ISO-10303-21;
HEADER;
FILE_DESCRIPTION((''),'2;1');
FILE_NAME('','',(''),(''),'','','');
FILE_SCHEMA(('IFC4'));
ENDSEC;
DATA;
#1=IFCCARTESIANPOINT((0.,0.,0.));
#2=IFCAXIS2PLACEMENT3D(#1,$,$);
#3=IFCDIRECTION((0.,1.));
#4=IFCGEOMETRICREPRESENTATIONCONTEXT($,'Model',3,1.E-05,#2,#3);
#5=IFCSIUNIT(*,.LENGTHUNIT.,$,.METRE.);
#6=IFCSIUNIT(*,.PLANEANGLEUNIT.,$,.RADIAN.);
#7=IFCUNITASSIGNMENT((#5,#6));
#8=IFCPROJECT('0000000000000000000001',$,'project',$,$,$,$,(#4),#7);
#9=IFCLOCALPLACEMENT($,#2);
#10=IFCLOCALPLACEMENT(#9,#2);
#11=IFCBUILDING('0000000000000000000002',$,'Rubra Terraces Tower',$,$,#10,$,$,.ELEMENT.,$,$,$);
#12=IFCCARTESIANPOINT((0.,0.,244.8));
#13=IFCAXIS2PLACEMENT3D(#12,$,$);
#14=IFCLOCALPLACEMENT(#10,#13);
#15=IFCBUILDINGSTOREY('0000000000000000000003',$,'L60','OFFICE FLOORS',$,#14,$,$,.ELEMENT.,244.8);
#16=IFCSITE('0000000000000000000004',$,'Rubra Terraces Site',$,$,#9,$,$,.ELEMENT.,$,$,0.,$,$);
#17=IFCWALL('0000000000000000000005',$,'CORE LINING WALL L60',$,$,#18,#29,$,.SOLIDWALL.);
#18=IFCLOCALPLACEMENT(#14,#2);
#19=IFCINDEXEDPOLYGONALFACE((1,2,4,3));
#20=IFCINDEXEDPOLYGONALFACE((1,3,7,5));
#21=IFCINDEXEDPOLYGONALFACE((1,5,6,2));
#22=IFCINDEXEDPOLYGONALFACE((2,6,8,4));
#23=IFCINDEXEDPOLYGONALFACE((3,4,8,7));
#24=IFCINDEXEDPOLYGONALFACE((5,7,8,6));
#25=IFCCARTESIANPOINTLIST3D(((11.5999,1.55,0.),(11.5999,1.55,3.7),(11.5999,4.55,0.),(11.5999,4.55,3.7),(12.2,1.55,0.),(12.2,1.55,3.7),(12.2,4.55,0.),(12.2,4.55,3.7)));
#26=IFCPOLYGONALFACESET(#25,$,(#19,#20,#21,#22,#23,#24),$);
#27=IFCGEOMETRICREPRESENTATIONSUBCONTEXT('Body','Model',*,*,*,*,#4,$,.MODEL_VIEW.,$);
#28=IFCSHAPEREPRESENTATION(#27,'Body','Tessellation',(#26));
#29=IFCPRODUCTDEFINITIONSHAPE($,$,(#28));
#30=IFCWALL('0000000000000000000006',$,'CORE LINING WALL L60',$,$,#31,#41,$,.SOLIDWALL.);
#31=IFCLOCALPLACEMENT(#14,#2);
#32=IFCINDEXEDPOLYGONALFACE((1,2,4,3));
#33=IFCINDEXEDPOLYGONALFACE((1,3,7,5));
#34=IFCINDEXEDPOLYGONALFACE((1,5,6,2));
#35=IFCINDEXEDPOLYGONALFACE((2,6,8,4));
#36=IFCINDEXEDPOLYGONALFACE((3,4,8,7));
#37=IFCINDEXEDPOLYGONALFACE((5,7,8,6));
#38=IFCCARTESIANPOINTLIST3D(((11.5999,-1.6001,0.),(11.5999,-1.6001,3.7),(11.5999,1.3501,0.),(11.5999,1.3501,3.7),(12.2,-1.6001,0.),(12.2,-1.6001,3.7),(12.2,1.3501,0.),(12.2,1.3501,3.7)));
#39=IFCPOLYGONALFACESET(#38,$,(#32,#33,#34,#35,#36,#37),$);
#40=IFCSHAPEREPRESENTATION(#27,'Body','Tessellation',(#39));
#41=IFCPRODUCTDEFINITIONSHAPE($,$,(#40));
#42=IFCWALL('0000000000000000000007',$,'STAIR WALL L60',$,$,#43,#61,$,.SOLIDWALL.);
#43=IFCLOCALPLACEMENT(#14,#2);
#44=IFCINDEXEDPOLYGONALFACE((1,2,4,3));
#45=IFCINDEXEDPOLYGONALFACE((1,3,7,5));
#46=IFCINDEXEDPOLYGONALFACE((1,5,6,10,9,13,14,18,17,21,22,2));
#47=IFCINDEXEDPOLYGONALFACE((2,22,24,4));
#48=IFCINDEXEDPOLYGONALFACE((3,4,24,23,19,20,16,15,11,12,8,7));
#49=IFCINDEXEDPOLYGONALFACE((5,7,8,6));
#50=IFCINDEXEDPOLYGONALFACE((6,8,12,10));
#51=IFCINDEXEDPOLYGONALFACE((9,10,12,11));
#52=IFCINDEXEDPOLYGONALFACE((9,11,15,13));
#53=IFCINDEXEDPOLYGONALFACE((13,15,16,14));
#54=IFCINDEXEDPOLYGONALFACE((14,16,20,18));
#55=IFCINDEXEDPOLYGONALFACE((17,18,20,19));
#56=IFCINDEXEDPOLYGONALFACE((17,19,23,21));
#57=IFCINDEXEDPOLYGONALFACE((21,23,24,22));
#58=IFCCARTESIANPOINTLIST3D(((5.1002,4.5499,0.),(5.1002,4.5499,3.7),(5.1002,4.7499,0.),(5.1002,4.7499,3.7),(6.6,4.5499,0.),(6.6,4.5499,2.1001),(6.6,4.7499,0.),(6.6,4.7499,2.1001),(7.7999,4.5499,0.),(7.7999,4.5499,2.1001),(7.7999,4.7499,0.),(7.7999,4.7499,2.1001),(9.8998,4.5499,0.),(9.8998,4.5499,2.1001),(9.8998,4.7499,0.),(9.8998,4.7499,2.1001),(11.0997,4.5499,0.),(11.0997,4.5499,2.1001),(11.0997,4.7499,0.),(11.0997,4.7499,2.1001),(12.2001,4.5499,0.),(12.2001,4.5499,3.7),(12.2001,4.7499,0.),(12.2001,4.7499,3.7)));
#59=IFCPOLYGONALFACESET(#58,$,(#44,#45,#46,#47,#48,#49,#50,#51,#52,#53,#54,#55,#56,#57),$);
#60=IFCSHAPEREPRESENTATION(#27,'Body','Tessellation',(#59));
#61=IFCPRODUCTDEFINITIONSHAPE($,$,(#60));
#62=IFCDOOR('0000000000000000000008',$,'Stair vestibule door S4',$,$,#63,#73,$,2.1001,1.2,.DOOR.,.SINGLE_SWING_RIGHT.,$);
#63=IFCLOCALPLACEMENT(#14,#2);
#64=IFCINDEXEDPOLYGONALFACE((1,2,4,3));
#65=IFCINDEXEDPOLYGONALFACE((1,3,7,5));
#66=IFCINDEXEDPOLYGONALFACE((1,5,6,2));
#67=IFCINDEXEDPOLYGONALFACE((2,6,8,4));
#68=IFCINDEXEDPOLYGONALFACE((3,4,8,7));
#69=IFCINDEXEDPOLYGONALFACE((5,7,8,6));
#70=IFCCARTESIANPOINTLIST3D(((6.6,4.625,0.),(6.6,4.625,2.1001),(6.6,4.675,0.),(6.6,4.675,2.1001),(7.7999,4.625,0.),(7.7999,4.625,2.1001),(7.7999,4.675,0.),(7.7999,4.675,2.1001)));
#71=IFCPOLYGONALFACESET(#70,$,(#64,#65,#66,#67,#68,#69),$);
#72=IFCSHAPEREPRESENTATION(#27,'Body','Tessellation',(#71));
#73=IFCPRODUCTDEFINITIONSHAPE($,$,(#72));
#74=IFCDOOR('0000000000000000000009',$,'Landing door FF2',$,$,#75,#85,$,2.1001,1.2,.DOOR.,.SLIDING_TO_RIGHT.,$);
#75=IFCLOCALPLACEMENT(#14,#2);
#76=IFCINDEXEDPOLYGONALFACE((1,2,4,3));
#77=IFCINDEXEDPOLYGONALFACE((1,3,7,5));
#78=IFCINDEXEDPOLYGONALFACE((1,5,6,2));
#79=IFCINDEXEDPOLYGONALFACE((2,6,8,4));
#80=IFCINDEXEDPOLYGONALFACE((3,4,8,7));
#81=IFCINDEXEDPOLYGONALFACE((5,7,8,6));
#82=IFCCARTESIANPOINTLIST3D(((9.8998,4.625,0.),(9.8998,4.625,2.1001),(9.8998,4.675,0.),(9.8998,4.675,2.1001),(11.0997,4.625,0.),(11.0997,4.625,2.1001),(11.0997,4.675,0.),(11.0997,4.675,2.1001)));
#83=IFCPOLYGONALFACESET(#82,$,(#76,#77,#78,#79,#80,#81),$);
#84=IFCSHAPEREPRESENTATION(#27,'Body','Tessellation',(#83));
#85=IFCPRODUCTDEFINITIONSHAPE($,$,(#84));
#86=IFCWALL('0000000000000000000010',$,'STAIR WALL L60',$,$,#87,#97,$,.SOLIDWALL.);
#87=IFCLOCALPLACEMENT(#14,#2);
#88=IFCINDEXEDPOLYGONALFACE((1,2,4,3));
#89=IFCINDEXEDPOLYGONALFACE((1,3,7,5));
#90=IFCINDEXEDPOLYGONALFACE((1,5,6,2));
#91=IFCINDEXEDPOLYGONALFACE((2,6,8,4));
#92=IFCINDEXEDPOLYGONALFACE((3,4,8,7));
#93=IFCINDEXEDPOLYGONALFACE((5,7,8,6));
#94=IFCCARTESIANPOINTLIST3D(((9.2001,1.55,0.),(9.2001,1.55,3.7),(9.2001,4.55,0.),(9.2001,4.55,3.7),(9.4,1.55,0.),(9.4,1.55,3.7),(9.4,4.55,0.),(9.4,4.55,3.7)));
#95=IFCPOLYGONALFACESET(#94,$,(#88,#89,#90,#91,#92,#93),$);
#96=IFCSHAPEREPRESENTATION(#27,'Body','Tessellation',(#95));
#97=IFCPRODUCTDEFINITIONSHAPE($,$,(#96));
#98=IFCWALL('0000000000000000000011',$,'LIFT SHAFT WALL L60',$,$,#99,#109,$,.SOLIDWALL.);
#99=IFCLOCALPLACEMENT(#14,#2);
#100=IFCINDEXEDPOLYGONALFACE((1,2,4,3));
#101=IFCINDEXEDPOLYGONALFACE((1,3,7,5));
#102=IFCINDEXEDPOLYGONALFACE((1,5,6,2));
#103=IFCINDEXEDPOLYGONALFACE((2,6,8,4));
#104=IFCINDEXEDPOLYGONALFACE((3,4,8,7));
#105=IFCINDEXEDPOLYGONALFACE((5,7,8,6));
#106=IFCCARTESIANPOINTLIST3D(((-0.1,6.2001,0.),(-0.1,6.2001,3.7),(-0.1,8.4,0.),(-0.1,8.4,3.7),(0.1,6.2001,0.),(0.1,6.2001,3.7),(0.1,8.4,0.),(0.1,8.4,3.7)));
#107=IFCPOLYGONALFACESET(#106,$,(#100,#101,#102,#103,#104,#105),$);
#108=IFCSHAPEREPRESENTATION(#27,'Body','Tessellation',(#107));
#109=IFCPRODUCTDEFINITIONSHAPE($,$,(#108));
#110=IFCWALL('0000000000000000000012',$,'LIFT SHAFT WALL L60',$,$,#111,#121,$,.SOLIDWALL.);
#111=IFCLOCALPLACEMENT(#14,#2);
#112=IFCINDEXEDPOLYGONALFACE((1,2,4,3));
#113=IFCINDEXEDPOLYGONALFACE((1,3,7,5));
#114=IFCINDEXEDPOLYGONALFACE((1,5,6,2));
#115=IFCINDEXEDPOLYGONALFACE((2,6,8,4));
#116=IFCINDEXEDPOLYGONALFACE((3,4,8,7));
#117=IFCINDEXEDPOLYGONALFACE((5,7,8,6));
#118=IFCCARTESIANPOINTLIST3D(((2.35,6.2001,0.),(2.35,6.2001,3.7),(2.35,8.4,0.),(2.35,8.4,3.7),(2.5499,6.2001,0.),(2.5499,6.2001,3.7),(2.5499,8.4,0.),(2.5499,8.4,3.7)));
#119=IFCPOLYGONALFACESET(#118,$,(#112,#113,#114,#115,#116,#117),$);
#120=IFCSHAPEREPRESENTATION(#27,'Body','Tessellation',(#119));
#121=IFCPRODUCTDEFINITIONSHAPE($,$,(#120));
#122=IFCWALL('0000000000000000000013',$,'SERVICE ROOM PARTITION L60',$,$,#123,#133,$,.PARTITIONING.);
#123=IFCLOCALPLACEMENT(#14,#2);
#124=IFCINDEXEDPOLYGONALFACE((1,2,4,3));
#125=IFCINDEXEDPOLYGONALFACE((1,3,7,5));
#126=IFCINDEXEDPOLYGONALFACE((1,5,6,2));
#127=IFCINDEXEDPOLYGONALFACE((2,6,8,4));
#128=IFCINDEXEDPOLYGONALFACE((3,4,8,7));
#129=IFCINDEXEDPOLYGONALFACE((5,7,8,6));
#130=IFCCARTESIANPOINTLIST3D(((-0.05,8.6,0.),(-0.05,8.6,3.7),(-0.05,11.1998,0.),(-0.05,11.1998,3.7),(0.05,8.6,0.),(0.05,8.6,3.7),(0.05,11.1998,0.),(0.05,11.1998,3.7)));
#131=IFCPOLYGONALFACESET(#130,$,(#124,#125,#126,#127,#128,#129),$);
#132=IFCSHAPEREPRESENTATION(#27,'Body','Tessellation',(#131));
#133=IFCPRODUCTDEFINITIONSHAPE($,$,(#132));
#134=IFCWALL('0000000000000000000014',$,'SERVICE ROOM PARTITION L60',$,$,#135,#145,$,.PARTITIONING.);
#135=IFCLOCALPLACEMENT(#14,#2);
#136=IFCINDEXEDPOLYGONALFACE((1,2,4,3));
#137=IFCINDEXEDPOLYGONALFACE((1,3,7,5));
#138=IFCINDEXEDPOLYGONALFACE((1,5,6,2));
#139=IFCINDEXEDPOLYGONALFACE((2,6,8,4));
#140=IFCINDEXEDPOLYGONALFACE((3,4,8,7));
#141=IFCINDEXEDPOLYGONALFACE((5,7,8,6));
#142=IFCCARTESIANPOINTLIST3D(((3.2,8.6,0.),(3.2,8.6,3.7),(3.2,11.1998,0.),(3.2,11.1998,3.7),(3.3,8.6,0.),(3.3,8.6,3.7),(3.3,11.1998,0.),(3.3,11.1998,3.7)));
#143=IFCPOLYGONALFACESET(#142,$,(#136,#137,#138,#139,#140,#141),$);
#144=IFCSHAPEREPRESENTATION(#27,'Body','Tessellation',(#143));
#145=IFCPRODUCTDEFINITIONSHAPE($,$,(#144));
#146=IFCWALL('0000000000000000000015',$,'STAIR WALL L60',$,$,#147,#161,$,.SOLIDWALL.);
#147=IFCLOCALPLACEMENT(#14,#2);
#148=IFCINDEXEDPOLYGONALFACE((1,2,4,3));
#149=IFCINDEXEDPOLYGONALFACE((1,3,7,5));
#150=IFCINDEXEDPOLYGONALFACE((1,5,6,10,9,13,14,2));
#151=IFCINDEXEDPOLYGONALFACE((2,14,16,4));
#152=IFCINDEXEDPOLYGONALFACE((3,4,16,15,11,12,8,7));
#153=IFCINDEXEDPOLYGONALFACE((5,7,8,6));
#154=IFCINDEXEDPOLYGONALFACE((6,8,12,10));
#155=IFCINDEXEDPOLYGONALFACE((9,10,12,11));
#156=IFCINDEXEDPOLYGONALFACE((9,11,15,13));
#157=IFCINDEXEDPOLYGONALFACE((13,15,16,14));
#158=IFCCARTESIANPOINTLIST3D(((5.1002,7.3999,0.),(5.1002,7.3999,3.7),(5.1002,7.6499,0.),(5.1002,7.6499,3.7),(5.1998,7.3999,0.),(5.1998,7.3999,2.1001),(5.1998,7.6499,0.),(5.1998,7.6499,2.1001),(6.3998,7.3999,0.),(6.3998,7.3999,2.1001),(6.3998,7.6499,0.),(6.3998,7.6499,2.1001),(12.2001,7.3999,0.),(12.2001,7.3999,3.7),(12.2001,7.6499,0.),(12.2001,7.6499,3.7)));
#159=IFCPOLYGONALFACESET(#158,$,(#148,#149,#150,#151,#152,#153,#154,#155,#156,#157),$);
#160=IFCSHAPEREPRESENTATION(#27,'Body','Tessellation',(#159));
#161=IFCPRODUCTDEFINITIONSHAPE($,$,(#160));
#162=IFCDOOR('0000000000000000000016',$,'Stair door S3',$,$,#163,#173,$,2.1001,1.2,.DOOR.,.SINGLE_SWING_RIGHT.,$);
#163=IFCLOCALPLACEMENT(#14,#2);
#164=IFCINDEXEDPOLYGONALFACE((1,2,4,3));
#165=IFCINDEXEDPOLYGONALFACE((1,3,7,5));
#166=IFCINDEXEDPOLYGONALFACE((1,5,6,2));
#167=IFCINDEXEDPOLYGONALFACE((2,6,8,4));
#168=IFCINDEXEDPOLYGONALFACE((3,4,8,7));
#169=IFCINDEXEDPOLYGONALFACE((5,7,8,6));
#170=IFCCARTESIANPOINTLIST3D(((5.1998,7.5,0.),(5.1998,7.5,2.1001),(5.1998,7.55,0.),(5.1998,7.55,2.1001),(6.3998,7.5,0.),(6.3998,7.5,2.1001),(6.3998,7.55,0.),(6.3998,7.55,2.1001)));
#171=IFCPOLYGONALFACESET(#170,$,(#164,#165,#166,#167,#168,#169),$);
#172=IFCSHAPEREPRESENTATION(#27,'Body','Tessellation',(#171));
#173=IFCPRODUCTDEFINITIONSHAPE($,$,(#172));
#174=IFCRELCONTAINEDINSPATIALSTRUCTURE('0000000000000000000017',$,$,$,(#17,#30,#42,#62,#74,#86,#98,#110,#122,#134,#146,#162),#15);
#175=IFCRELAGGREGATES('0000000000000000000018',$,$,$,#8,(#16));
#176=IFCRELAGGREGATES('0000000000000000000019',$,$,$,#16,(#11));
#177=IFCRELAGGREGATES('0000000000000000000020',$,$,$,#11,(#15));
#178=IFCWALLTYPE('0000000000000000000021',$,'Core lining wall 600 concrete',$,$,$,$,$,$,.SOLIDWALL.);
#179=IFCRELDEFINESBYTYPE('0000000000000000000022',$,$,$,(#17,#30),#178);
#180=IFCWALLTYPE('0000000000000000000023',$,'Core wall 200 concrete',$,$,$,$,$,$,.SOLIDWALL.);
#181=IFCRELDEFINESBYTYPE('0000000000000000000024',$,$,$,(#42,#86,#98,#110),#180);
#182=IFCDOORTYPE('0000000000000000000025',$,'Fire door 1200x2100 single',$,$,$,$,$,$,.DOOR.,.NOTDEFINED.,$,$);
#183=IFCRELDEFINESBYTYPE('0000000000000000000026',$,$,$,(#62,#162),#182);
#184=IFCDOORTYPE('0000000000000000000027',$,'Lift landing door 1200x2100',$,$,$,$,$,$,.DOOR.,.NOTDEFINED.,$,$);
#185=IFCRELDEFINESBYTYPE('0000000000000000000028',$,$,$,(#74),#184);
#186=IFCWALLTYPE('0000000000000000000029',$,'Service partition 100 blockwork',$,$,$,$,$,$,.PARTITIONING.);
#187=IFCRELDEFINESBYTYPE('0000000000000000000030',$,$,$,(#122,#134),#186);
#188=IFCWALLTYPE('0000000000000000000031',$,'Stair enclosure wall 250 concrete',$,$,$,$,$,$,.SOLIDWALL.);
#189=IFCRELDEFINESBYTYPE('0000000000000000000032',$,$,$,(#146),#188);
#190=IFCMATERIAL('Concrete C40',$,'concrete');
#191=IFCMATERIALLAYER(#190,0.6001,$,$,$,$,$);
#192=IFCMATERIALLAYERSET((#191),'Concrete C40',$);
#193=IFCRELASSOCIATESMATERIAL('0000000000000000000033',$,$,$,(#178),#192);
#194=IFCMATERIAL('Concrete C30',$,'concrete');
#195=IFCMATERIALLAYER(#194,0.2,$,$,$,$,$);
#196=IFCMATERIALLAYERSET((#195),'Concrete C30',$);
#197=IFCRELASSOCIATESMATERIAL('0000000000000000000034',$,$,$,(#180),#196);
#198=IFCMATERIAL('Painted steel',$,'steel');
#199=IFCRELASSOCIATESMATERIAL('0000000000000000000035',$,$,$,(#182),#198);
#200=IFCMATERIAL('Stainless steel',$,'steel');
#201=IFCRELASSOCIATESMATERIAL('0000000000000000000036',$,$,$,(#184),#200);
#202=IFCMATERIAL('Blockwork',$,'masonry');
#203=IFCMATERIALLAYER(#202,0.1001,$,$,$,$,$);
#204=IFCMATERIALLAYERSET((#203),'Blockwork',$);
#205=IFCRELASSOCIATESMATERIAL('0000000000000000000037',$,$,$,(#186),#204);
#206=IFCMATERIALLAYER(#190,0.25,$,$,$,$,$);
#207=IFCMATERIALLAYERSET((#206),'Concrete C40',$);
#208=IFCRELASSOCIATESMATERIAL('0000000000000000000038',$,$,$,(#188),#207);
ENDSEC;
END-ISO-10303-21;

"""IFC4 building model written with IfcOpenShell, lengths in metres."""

from ifc_helpers import new_model, si_unit, direction, frame, frame_2d, origin, place, context, subcontext, project, spatial, rectangle, extrude, material, layer, layer_set, type_object, element, fill, save


model = new_model("IFC4")

# Units and contexts
model_context = context("Model", 3, precision=1e-05, world=origin(), true_north=direction((0.0, 1.0)))
body_context = subcontext(model_context, "Body", "Model", "MODEL_VIEW")
ifc_project = project(units=[si_unit("LENGTHUNIT", "METRE"), si_unit("PLANEANGLEUNIT", "RADIAN")], contexts=[model_context])

# Site, building, storey
site_placement = place(None, origin())
site = spatial("IfcSite", under=ifc_project, at=site_placement, Name="Rubra Terraces Site", CompositionType="ELEMENT", RefElevation=0.0)
building_placement = place(site_placement, origin())
building = spatial("IfcBuilding", under=site, at=building_placement, Name="Rubra Terraces Tower", CompositionType="ELEMENT")
storey_placement = place(building_placement, frame((0.0, 0.0, 244.8)))
storey = spatial("IfcBuildingStorey", under=building, at=storey_placement, Name="L60", Description="OFFICE FLOORS", CompositionType="ELEMENT", Elevation=244.8)

# Walls
ifc_material_1 = material(Name="Concrete C40", Category="concrete")
ifc_layer_1 = layer(ifc_material_1, 0.6001)
ifc_layer_set_1 = layer_set([ifc_layer_1], Name="Concrete C40")
wall_type_1 = type_object("IfcWallType", Name="Core lining wall 600 concrete", PredefinedType="SOLIDWALL", material=ifc_layer_set_1)
wall_1_placement = place(storey_placement, frame((11.8999, 4.55, 0.0), z_axis=(0.0, 0.0, 1.0), x_axis=(0.0, -1.0, 0.0)))
element("IfcWall", 1, at=wall_1_placement, inside=storey, type_object=wall_type_1, Name="CORE LINING WALL L60", PredefinedType="SOLIDWALL", context=body_context, shape_type="SweptSolid", body=[
    extrude(rectangle(XDim=3.0, YDim=0.6001, at=frame_2d((1.5, 0.0))), origin(), (0.0, 0.0, 1.0), 3.7),
])
wall_2_placement = place(storey_placement, frame((11.8999, 1.3501, 0.0), z_axis=(0.0, 0.0, 1.0), x_axis=(0.0, -1.0, 0.0)))
element("IfcWall", 2, at=wall_2_placement, inside=storey, type_object=wall_type_1, Name="CORE LINING WALL L60", PredefinedType="SOLIDWALL", context=body_context, shape_type="SweptSolid", body=[
    extrude(rectangle(XDim=2.9502, YDim=0.6001, at=frame_2d((1.4751, 0.0))), origin(), (0.0, 0.0, 1.0), 3.7),
])

# Wall, openings, doors
ifc_material_2 = material(Name="Concrete C30", Category="concrete")
ifc_layer_2 = layer(ifc_material_2, 0.2)
ifc_layer_set_2 = layer_set([ifc_layer_2], Name="Concrete C30")
wall_type_2 = type_object("IfcWallType", Name="Core wall 200 concrete", PredefinedType="SOLIDWALL", material=ifc_layer_set_2)
wall_3_placement = place(storey_placement, frame((12.2, 4.6499, 0.0), z_axis=(0.0, 0.0, 1.0), x_axis=(-1.0, 0.0, 0.0)))
wall_3 = element("IfcWall", 3, at=wall_3_placement, inside=storey, type_object=wall_type_2, Name="STAIR WALL L60", PredefinedType="SOLIDWALL", context=body_context, shape_type="SweptSolid", body=[
    extrude(rectangle(XDim=7.0999, YDim=0.2, at=frame_2d((3.5498, 0.0))), origin(), (0.0, 0.0, 1.0), 3.7),
])
opening_1_placement = place(wall_3_placement, frame((4.3999, 0.0, 0.0)))
opening_1 = element("IfcOpeningElement", 4, at=opening_1_placement, cuts=wall_3, PredefinedType="OPENING", context=body_context, shape_type="SweptSolid", body=[
    extrude(rectangle(XDim=1.2, YDim=2.1001, at=frame_2d((0.6001, 1.05))), frame((0.0, 0.1099, 0.0), z_axis=(0.0, -1.0, 0.0), x_axis=(1.0, 0.0, 0.0)), (0.0, 0.0, 1.0), 0.22),
])
opening_2_placement = place(wall_3_placement, frame((1.1001, 0.0, 0.0)))
opening_2 = element("IfcOpeningElement", 5, at=opening_2_placement, cuts=wall_3, PredefinedType="OPENING", context=body_context, shape_type="SweptSolid", body=[
    extrude(rectangle(XDim=1.2, YDim=2.1001, at=frame_2d((0.6001, 1.05))), frame((0.0, 0.1099, 0.0), z_axis=(0.0, -1.0, 0.0), x_axis=(1.0, 0.0, 0.0)), (0.0, 0.0, 1.0), 0.22),
])
ifc_material_3 = material(Name="Painted steel", Category="steel")
door_type_1 = type_object("IfcDoorType", Name="Fire door 1200x2100 single", OperationType="NOTDEFINED", PredefinedType="DOOR", material=ifc_material_3)
door_1_placement = place(opening_1_placement, origin())
door_1 = element("IfcDoor", 6, at=door_1_placement, inside=storey, type_object=door_type_1, Name="Stair vestibule door S4", OperationType="SINGLE_SWING_RIGHT", OverallHeight=2.1001, OverallWidth=1.2, PredefinedType="DOOR", context=body_context, shape_type="SweptSolid", body=[
    extrude(rectangle(XDim=1.2, YDim=2.1001, at=frame_2d((0.6001, 1.05))), frame((0.0, 0.0249, 0.0), z_axis=(0.0, -1.0, 0.0), x_axis=(1.0, 0.0, 0.0)), (0.0, 0.0, 1.0), 0.05),
])
fill(opening_1, door_1)
ifc_material_4 = material(Name="Stainless steel", Category="steel")
door_type_2 = type_object("IfcDoorType", Name="Lift landing door 1200x2100", OperationType="NOTDEFINED", PredefinedType="DOOR", material=ifc_material_4)
door_2_placement = place(opening_2_placement, origin())
door_2 = element("IfcDoor", 7, at=door_2_placement, inside=storey, type_object=door_type_2, Name="Landing door FF2", OperationType="SLIDING_TO_RIGHT", OverallHeight=2.1001, OverallWidth=1.2, PredefinedType="DOOR", context=body_context, shape_type="SweptSolid", body=[
    extrude(rectangle(XDim=1.2, YDim=2.1001, at=frame_2d((0.6001, 1.05))), frame((0.0, 0.0249, 0.0), z_axis=(0.0, -1.0, 0.0), x_axis=(1.0, 0.0, 0.0)), (0.0, 0.0, 1.0), 0.05),
])
fill(opening_2, door_2)

# Walls
wall_4_placement = place(storey_placement, frame((9.3, 4.55, 0.0), z_axis=(0.0, 0.0, 1.0), x_axis=(0.0, -1.0, 0.0)))
element("IfcWall", 8, at=wall_4_placement, inside=storey, type_object=wall_type_2, Name="STAIR WALL L60", PredefinedType="SOLIDWALL", context=body_context, shape_type="SweptSolid", body=[
    extrude(rectangle(XDim=3.0, YDim=0.2, at=frame_2d((1.5, 0.0))), origin(), (0.0, 0.0, 1.0), 3.7),
])
for number, where, z_axis, x_axis, name in (
    (9, (0.0, 6.2, 0.0), (0.0, 0.0, 1.0), (0.0, 1.0, 0.0), "LIFT SHAFT WALL L60"),
    (10, (2.45, 6.2, 0.0), (0.0, 0.0, 1.0), (0.0, 1.0, 0.0), "LIFT SHAFT WALL L60"),
):
    element("IfcWall", number, at=place(storey_placement, frame(where, z_axis=z_axis, x_axis=x_axis)), inside=storey, type_object=wall_type_2, Name=name, PredefinedType="SOLIDWALL", context=body_context, shape_type="SweptSolid", body=[
        extrude(rectangle(XDim=2.2, YDim=0.2, at=frame_2d((1.1001, 0.0))), origin(), (0.0, 0.0, 1.0), 3.7),
    ])
ifc_material_5 = material(Name="Blockwork", Category="masonry")
ifc_layer_3 = layer(ifc_material_5, 0.1001)
ifc_layer_set_3 = layer_set([ifc_layer_3], Name="Blockwork")
wall_type_3 = type_object("IfcWallType", Name="Service partition 100 blockwork", PredefinedType="PARTITIONING", material=ifc_layer_set_3)
for number, where, z_axis, x_axis, name in (
    (11, (0.0, 8.6001, 0.0), (0.0, 0.0, 1.0), (0.0, 1.0, 0.0), "SERVICE ROOM PARTITION L60"),
    (12, (3.25, 8.6001, 0.0), (0.0, 0.0, 1.0), (0.0, 1.0, 0.0), "SERVICE ROOM PARTITION L60"),
):
    element("IfcWall", number, at=place(storey_placement, frame(where, z_axis=z_axis, x_axis=x_axis)), inside=storey, type_object=wall_type_3, Name=name, PredefinedType="PARTITIONING", context=body_context, shape_type="SweptSolid", body=[
        extrude(rectangle(XDim=2.5999, YDim=0.1001, at=frame_2d((1.2998, 0.0))), origin(), (0.0, 0.0, 1.0), 3.7),
    ])

# Wall, opening, door
ifc_layer_4 = layer(ifc_material_1, 0.25)
ifc_layer_set_4 = layer_set([ifc_layer_4], Name="Concrete C40")
wall_type_4 = type_object("IfcWallType", Name="Stair enclosure wall 250 concrete", PredefinedType="SOLIDWALL", material=ifc_layer_set_4)
wall_5_placement = place(storey_placement, frame((12.2, 7.5249, 0.0), z_axis=(0.0, 0.0, 1.0), x_axis=(-1.0, 0.0, 0.0)))
wall_5 = element("IfcWall", 13, at=wall_5_placement, inside=storey, type_object=wall_type_4, Name="STAIR WALL L60", PredefinedType="SOLIDWALL", context=body_context, shape_type="SweptSolid", body=[
    extrude(rectangle(XDim=7.0999, YDim=0.25, at=frame_2d((3.5498, 0.0))), origin(), (0.0, 0.0, 1.0), 3.7),
])
opening_3_placement = place(wall_5_placement, frame((5.8, 0.0, 0.0)))
opening_3 = element("IfcOpeningElement", 14, at=opening_3_placement, cuts=wall_5, PredefinedType="OPENING", context=body_context, shape_type="SweptSolid", body=[
    extrude(rectangle(XDim=1.2, YDim=2.1001, at=frame_2d((0.6001, 1.05))), frame((0.0, 0.135, 0.0), z_axis=(0.0, -1.0, 0.0), x_axis=(1.0, 0.0, 0.0)), (0.0, 0.0, 1.0), 0.27),
])
door_3_placement = place(opening_3_placement, origin())
door_3 = element("IfcDoor", 15, at=door_3_placement, inside=storey, type_object=door_type_1, Name="Stair door S3", OperationType="SINGLE_SWING_RIGHT", OverallHeight=2.1001, OverallWidth=1.2, PredefinedType="DOOR", context=body_context, shape_type="SweptSolid", body=[
    extrude(rectangle(XDim=1.2, YDim=2.1001, at=frame_2d((0.6001, 1.05))), frame((0.0, 0.0249, 0.0), z_axis=(0.0, -1.0, 0.0), x_axis=(1.0, 0.0, 0.0)), (0.0, 0.0, 1.0), 0.05),
])
fill(opening_3, door_3)

save(model, "model.ifc")
